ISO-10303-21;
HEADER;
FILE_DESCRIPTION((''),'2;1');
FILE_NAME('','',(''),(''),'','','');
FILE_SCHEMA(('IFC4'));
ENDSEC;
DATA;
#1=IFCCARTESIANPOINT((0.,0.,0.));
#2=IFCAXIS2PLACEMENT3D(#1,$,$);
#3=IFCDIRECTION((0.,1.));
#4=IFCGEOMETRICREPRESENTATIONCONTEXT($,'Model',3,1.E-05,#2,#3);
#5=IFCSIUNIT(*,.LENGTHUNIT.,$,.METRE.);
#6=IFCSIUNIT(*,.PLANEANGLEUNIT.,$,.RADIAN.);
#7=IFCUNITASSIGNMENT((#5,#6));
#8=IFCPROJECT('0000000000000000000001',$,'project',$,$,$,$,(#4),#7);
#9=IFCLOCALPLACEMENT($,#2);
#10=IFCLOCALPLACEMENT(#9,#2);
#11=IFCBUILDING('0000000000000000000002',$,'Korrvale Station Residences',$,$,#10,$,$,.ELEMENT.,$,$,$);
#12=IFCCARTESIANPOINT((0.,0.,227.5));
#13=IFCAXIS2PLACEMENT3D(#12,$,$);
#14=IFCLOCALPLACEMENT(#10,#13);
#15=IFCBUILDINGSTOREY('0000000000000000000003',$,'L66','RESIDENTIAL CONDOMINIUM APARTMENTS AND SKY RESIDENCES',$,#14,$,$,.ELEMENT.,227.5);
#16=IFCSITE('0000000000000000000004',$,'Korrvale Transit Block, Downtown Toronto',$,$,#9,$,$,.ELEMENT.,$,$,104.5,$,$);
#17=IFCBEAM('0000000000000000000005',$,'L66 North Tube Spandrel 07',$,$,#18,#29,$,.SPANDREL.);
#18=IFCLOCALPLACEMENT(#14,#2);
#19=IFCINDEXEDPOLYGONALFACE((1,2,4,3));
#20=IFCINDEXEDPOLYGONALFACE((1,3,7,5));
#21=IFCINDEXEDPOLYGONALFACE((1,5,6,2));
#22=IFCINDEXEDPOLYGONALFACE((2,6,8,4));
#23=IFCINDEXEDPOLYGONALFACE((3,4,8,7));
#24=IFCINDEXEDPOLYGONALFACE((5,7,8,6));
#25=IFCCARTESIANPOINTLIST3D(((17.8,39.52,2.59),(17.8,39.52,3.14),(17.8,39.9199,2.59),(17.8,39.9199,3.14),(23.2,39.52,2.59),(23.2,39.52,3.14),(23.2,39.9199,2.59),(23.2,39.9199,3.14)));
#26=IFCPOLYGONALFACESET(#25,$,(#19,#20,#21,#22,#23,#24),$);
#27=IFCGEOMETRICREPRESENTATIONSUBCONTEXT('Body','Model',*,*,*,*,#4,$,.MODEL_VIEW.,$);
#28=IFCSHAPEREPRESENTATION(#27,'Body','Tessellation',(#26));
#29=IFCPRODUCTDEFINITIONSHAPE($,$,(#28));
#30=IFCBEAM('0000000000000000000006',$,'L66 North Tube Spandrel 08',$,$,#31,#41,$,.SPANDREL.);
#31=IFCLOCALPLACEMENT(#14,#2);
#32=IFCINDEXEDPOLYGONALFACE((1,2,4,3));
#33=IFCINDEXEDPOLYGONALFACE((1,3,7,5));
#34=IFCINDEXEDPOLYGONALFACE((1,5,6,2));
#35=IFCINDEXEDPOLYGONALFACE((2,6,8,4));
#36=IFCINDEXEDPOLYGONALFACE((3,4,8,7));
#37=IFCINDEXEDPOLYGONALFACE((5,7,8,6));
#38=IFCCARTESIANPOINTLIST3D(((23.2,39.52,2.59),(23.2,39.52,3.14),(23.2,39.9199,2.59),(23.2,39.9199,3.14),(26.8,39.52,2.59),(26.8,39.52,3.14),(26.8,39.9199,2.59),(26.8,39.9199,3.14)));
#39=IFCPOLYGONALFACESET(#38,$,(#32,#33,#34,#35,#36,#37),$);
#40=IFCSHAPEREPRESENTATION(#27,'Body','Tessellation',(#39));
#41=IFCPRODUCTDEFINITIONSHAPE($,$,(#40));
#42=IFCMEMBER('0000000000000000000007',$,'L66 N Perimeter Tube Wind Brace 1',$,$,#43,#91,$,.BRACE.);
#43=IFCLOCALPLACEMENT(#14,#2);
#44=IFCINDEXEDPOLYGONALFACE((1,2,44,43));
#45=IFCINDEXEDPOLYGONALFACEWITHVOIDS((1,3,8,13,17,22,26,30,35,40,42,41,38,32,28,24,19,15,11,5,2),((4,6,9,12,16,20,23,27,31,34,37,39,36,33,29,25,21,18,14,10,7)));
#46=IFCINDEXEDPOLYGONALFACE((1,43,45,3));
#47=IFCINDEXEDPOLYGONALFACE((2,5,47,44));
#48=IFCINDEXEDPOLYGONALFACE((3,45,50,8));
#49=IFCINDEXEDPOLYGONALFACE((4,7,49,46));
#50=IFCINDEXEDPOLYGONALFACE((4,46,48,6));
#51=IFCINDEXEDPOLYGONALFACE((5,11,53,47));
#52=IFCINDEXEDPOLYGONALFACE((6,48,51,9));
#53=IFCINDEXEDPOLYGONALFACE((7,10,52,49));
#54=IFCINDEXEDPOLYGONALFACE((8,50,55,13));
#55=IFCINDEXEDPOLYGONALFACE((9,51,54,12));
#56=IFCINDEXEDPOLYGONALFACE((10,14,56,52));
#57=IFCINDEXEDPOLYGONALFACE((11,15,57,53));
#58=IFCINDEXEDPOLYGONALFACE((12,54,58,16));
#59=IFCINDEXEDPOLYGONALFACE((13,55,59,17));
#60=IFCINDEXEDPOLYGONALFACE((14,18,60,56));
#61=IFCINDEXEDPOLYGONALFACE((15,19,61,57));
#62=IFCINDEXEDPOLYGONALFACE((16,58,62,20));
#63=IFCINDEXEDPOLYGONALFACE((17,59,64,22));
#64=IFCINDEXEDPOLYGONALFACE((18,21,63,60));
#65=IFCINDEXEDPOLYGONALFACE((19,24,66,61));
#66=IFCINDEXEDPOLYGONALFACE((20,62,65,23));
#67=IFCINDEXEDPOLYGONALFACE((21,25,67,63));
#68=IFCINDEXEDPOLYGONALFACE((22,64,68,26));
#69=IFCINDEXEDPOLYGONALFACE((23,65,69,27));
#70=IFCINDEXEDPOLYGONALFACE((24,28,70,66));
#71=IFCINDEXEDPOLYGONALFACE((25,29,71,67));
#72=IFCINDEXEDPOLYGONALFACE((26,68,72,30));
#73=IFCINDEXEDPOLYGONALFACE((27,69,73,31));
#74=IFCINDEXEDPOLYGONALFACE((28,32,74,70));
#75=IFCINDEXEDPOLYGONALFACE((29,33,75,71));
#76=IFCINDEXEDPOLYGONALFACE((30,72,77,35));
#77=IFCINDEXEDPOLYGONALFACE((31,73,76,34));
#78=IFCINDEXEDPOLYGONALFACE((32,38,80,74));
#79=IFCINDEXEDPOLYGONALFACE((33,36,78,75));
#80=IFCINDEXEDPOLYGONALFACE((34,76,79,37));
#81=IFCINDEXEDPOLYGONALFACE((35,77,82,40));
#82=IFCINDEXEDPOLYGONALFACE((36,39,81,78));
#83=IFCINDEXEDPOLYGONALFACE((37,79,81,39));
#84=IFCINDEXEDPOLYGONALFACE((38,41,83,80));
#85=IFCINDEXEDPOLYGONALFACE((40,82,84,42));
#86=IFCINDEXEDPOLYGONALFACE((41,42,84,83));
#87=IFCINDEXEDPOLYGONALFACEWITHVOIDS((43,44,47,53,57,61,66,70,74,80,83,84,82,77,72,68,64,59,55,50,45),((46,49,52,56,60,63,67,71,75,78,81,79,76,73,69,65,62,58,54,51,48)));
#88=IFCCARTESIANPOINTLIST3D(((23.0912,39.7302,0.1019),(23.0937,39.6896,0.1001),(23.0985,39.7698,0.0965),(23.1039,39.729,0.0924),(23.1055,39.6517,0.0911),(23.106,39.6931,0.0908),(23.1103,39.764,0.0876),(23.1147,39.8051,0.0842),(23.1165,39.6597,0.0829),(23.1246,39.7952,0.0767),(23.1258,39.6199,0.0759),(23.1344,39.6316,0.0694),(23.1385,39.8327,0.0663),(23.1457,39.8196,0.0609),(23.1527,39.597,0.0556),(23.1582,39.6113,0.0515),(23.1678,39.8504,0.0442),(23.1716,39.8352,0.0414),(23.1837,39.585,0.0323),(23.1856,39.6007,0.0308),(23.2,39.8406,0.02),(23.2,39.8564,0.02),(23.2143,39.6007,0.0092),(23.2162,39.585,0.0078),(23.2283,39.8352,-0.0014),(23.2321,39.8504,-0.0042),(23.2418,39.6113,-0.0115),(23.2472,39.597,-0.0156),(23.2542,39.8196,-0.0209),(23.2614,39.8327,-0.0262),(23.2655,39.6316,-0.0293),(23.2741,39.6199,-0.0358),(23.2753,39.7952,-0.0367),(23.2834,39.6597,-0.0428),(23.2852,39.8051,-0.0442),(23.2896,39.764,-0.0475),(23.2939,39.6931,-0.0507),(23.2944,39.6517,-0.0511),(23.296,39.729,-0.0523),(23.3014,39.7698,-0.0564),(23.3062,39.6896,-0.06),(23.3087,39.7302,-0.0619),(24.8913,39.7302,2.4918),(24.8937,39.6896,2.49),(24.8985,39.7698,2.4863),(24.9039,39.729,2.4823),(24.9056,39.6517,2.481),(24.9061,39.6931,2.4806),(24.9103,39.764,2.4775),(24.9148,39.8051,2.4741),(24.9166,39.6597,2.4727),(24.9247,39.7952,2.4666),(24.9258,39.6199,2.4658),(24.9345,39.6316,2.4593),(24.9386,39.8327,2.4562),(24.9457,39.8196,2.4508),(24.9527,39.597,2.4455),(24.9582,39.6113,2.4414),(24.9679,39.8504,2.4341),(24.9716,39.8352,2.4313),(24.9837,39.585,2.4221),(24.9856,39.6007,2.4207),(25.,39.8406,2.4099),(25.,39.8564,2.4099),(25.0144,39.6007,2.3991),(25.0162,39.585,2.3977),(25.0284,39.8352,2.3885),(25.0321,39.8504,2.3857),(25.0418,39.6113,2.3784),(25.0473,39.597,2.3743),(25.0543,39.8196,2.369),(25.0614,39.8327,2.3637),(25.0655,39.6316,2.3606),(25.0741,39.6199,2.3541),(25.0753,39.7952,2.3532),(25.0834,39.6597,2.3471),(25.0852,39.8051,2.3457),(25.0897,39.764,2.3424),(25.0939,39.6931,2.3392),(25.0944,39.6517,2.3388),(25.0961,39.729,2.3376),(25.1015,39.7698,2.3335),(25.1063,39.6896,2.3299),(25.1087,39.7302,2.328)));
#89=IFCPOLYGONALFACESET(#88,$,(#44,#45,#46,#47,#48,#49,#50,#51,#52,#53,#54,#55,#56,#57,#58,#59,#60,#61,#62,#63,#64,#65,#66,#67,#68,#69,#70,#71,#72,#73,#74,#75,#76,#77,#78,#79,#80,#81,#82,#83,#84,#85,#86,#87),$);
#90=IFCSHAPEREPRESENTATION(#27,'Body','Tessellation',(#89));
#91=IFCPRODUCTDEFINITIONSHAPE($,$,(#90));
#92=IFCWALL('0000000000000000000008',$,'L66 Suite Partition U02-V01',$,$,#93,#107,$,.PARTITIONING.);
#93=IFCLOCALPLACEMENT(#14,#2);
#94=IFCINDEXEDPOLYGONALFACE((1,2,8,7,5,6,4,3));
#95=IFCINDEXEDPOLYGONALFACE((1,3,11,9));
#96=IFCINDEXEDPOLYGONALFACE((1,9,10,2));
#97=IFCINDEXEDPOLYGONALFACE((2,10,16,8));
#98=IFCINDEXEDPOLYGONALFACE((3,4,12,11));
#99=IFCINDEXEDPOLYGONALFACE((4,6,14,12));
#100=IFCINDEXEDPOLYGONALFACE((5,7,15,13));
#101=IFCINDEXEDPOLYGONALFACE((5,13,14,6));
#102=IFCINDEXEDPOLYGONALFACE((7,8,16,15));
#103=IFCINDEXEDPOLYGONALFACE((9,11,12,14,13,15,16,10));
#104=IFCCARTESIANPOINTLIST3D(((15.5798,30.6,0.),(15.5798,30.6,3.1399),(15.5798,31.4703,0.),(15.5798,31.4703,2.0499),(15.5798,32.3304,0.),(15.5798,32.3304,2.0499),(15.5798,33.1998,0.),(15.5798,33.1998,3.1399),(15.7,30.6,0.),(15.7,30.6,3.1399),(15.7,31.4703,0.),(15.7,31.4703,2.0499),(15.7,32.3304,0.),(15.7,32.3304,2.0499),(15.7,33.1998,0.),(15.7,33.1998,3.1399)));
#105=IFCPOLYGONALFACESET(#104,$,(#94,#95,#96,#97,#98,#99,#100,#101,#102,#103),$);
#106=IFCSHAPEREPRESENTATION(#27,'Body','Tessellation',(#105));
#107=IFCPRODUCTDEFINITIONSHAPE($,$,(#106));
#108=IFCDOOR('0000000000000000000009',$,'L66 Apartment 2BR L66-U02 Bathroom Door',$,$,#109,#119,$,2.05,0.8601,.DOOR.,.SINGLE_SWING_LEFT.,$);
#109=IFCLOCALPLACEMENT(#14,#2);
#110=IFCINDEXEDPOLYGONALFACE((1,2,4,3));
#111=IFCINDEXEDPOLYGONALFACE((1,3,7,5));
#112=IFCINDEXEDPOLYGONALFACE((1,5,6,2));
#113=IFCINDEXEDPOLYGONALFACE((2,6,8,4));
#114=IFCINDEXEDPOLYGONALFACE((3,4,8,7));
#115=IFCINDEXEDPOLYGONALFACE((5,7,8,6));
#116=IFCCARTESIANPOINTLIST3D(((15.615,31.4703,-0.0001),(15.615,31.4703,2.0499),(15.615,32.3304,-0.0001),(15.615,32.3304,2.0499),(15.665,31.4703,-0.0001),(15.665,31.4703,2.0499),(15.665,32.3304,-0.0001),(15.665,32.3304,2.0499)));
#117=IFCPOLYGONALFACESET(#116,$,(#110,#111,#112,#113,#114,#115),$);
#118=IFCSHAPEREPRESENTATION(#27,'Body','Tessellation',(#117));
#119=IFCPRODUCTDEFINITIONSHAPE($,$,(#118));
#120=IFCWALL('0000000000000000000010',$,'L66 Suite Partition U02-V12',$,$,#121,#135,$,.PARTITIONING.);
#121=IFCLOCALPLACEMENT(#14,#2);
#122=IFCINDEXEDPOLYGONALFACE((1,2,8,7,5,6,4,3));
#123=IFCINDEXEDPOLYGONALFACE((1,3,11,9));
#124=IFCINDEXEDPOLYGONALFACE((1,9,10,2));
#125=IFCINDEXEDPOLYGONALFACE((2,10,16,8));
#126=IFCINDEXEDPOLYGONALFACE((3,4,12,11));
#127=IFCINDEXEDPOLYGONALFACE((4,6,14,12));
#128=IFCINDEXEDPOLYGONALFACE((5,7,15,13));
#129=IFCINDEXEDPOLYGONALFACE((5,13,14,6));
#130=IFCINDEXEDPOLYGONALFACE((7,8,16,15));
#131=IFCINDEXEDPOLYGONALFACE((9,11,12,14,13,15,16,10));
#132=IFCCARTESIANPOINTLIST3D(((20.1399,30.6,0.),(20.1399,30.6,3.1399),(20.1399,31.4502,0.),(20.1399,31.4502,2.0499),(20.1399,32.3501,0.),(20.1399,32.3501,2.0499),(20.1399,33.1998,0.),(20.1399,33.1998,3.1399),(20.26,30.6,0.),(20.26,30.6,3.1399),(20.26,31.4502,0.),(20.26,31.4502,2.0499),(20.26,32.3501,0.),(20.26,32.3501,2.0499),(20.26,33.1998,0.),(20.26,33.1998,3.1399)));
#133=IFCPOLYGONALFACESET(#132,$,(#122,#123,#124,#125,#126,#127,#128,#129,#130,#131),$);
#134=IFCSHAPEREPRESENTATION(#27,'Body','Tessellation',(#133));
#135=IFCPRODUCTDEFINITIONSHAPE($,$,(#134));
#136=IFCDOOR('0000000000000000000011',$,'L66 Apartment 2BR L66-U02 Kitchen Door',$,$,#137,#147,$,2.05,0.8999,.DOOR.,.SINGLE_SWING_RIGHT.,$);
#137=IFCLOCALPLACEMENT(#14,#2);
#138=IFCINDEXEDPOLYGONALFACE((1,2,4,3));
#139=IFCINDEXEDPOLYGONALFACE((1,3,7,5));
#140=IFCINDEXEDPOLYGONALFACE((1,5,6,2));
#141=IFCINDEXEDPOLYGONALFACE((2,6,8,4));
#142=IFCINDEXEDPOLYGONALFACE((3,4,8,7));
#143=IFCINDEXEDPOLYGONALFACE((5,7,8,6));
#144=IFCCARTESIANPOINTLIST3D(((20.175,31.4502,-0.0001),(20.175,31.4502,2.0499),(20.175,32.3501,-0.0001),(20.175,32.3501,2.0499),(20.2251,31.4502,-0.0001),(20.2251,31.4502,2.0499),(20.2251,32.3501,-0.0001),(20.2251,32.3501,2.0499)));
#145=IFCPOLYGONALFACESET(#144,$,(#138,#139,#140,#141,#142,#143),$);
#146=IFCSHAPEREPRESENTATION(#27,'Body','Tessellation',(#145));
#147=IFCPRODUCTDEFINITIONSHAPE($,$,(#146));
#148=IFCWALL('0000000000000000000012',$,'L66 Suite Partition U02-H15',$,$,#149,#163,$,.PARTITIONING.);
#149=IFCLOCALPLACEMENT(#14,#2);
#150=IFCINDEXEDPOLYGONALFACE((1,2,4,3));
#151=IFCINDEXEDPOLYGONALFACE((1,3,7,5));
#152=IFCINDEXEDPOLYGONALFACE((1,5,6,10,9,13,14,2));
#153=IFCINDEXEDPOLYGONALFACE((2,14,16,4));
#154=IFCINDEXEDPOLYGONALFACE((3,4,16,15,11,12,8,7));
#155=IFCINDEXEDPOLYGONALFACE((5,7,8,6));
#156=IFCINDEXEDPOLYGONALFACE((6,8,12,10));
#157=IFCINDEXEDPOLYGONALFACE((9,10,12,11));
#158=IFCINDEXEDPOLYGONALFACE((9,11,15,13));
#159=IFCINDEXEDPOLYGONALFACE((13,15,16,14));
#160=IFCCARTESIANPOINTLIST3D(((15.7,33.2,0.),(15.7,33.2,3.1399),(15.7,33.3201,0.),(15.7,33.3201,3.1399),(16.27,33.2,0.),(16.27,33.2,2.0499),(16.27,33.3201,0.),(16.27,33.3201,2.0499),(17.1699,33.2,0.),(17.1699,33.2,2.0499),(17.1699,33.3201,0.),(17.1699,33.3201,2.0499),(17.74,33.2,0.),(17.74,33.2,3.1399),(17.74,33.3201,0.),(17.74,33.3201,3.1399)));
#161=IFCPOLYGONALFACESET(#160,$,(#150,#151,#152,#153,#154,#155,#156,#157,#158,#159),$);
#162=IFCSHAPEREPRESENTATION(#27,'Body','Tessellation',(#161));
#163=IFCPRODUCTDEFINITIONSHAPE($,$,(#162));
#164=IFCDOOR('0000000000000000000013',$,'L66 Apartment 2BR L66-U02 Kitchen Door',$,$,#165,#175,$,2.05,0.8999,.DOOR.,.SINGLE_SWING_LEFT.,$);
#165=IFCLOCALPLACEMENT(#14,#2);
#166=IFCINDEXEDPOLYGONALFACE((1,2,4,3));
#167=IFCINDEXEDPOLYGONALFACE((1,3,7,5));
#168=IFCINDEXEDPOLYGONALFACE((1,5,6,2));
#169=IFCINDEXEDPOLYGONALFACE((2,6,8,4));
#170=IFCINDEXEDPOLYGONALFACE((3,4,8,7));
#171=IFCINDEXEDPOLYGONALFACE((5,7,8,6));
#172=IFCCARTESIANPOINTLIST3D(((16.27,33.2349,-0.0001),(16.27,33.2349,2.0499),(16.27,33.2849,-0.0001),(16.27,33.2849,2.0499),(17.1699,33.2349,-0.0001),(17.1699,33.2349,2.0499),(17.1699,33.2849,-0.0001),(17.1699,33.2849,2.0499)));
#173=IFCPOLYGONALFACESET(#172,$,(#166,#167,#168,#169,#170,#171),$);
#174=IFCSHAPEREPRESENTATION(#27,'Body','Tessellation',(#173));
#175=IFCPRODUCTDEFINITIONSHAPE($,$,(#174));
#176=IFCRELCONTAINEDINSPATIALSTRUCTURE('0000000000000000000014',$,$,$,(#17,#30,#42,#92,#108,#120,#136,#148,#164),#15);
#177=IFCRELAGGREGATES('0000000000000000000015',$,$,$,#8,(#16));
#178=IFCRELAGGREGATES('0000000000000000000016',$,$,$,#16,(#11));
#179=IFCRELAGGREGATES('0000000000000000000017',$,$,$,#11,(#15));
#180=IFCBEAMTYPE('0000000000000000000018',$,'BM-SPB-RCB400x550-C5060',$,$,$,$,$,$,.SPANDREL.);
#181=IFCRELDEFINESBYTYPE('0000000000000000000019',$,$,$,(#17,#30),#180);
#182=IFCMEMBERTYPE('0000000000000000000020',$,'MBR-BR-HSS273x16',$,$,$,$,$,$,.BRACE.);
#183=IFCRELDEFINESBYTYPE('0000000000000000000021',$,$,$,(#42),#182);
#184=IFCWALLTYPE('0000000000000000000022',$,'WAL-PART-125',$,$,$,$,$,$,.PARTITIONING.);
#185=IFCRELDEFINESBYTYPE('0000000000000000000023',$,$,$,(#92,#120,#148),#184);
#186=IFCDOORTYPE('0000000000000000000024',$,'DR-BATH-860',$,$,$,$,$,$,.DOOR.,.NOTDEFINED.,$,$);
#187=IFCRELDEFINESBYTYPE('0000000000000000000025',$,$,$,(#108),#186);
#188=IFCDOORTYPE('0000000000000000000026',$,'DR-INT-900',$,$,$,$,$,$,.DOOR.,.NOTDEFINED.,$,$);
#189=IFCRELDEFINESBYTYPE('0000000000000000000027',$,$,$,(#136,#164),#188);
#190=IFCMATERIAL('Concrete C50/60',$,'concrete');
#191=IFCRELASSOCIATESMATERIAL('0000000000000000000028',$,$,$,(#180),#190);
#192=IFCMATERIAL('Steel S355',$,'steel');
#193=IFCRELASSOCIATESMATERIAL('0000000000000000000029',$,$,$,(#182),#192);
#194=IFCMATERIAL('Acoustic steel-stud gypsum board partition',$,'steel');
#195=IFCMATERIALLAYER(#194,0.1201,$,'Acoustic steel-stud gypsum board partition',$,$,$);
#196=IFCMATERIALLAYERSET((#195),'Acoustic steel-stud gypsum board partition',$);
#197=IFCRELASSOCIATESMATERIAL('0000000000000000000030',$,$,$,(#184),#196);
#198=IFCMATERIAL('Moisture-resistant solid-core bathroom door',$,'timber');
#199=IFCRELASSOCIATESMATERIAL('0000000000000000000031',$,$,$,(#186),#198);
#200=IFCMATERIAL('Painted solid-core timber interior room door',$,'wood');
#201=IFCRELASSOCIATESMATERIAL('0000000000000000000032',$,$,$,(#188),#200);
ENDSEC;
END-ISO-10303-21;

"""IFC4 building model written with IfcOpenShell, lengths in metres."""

from ifc_helpers import new_model, si_unit, direction, frame, frame_2d, origin, origin_2d, place, context, subcontext, project, spatial, rectangle, hollow_circle, extrude, material, layer, layer_set, material_profile, profile_set, type_object, element, fill, save


model = new_model("IFC4")

# Units and contexts
model_context = context("Model", 3, precision=1e-05, world=origin(), true_north=direction((0.0, 1.0)))
body_context = subcontext(model_context, "Body", "Model", "MODEL_VIEW")
ifc_project = project(units=[si_unit("LENGTHUNIT", "METRE"), si_unit("PLANEANGLEUNIT", "RADIAN")], contexts=[model_context])

# Site, building, storey
site_placement = place(None, origin())
site = spatial("IfcSite", under=ifc_project, at=site_placement, Name="Korrvale Transit Block, Downtown Toronto", CompositionType="ELEMENT", RefElevation=104.5)
building_placement = place(site_placement, origin())
building = spatial("IfcBuilding", under=site, at=building_placement, Name="Korrvale Station Residences", CompositionType="ELEMENT")
storey_placement = place(building_placement, frame((0.0, 0.0, 227.5)))
storey = spatial("IfcBuildingStorey", under=building, at=storey_placement, Name="L66", Description="RESIDENTIAL CONDOMINIUM APARTMENTS AND SKY RESIDENCES", CompositionType="ELEMENT", Elevation=227.5)

# Shared definitions
ifc_material_1 = material(Name="Concrete C50/60", Category="concrete")

# Beams
ifc_material_2 = material(Name="Steel S355", Category="steel")
ifc_material_profile_1 = material_profile(ifc_material_1, rectangle(XDim=0.3999, YDim=0.55, at=origin_2d()), Name="RCB400x550")
ifc_profile_set_1 = profile_set([ifc_material_profile_1], Name="Concrete C50/60")
beam_type_1 = type_object("IfcBeamType", Name="BM-SPB-RCB400x550-C5060", PredefinedType="SPANDREL", material=ifc_profile_set_1)
beam_1_placement = place(storey_placement, frame((17.8, 39.72, 2.865), z_axis=(1.0, 0.0, 0.0), x_axis=(0.0, 1.0, 0.0)))
element("IfcBeam", 1, at=beam_1_placement, inside=storey, type_object=beam_type_1, Name="L66 North Tube Spandrel 07", PredefinedType="SPANDREL", context=body_context, shape_type="SweptSolid", body=[
    extrude(rectangle(XDim=0.3999, YDim=0.55, at=origin_2d()), origin(), (0.0, 0.0, 1.0), 5.3999),
])
beam_2_placement = place(storey_placement, frame((23.2, 39.72, 2.865), z_axis=(1.0, 0.0, 0.0), x_axis=(0.0, 1.0, 0.0)))
element("IfcBeam", 2, at=beam_2_placement, inside=storey, type_object=beam_type_1, Name="L66 North Tube Spandrel 08", PredefinedType="SPANDREL", context=body_context, shape_type="SweptSolid", body=[
    extrude(rectangle(XDim=0.3999, YDim=0.55, at=origin_2d()), origin(), (0.0, 0.0, 1.0), 3.6001),
])

# Member
ifc_material_profile_2 = material_profile(ifc_material_2, hollow_circle(Radius=0.1365, WallThickness=0.0159, at=origin_2d()), Name="HSS273x16")
ifc_profile_set_2 = profile_set([ifc_material_profile_2], Name="Steel S355")
member_type = type_object("IfcMemberType", Name="MBR-BR-HSS273x16", PredefinedType="BRACE", material=ifc_profile_set_2)
member_placement = place(storey_placement, frame((23.2, 39.72, 0.02), z_axis=(0.601631, 0.0, 0.798774), x_axis=(0.0, 1.0, 0.0)))
element("IfcMember", 3, at=member_placement, inside=storey, type_object=member_type, Name="L66 N Perimeter Tube Wind Brace 1", PredefinedType="BRACE", context=body_context, shape_type="SweptSolid", body=[
    extrude(hollow_circle(Radius=0.1365, WallThickness=0.0159, at=origin_2d()), origin(), (0.0, 0.0, 1.0), 2.9919),
])

# Walls, openings, doors
ifc_material_3 = material(Name="Acoustic steel-stud gypsum board partition", Category="steel")
ifc_layer_1 = layer(ifc_material_3, 0.1201, Name="Acoustic steel-stud gypsum board partition")
ifc_layer_set_1 = layer_set([ifc_layer_1], Name="Acoustic steel-stud gypsum board partition")
wall_type = type_object("IfcWallType", Name="WAL-PART-125", PredefinedType="PARTITIONING", material=ifc_layer_set_1)
wall_1_placement = place(storey_placement, frame((15.6399, 30.6001, 0.0), z_axis=(0.0, 0.0, 1.0), x_axis=(0.0, 1.0, 0.0)))
wall_1 = element("IfcWall", 4, at=wall_1_placement, inside=storey, type_object=wall_type, Name="L66 Suite Partition U02-V01", PredefinedType="PARTITIONING", context=body_context, shape_type="SweptSolid", body=[
    extrude(rectangle(XDim=2.5999, YDim=0.1201, at=frame_2d((1.2998, 0.0))), origin(), (0.0, 0.0, 1.0), 3.1399),
])
opening_1_placement = place(wall_1_placement, frame((0.8701, 0.0, 0.0)))
opening_1 = element("IfcOpeningElement", 5, at=opening_1_placement, cuts=wall_1, PredefinedType="OPENING", context=body_context, shape_type="SweptSolid", body=[
    extrude(rectangle(XDim=0.8601, YDim=2.05, at=frame_2d((0.4302, 1.0249))), frame((0.0, 0.0701, 0.0), z_axis=(0.0, -1.0, 0.0), x_axis=(1.0, 0.0, 0.0)), (0.0, 0.0, 1.0), 0.1401),
])
ifc_material_4 = material(Name="Moisture-resistant solid-core bathroom door", Category="timber")
door_type_1 = type_object("IfcDoorType", Name="DR-BATH-860", OperationType="NOTDEFINED", PredefinedType="DOOR", material=ifc_material_4)
door_1_placement = place(opening_1_placement, origin())
door_1 = element("IfcDoor", 6, at=door_1_placement, inside=storey, type_object=door_type_1, Name="L66 Apartment 2BR L66-U02 Bathroom Door", OperationType="SINGLE_SWING_LEFT", OverallHeight=2.05, OverallWidth=0.8601, PredefinedType="DOOR", context=body_context, shape_type="SweptSolid", body=[
    extrude(rectangle(XDim=0.8601, YDim=2.05, at=frame_2d((0.4302, 1.0249))), frame((0.0, 0.0249, 0.0), z_axis=(0.0, -1.0, 0.0), x_axis=(1.0, 0.0, 0.0)), (0.0, 0.0, 1.0), 0.05),
])
fill(opening_1, door_1)
wall_2_placement = place(storey_placement, frame((20.2, 30.6001, 0.0), z_axis=(0.0, 0.0, 1.0), x_axis=(0.0, 1.0, 0.0)))
wall_2 = element("IfcWall", 7, at=wall_2_placement, inside=storey, type_object=wall_type, Name="L66 Suite Partition U02-V12", PredefinedType="PARTITIONING", context=body_context, shape_type="SweptSolid", body=[
    extrude(rectangle(XDim=2.5999, YDim=0.1201, at=frame_2d((1.2998, 0.0))), origin(), (0.0, 0.0, 1.0), 3.1399),
])
opening_2_placement = place(wall_2_placement, frame((0.8501, 0.0, 0.0)))
opening_2 = element("IfcOpeningElement", 8, at=opening_2_placement, cuts=wall_2, PredefinedType="OPENING", context=body_context, shape_type="SweptSolid", body=[
    extrude(rectangle(XDim=0.8999, YDim=2.05, at=frame_2d((0.45, 1.0249))), frame((0.0, 0.0701, 0.0), z_axis=(0.0, -1.0, 0.0), x_axis=(1.0, 0.0, 0.0)), (0.0, 0.0, 1.0), 0.1401),
])
ifc_material_5 = material(Name="Painted solid-core timber interior room door", Category="wood")
door_type_2 = type_object("IfcDoorType", Name="DR-INT-900", OperationType="NOTDEFINED", PredefinedType="DOOR", material=ifc_material_5)
door_2_placement = place(opening_2_placement, origin())
door_2 = element("IfcDoor", 9, at=door_2_placement, inside=storey, type_object=door_type_2, Name="L66 Apartment 2BR L66-U02 Kitchen Door", OperationType="SINGLE_SWING_RIGHT", OverallHeight=2.05, OverallWidth=0.8999, PredefinedType="DOOR", context=body_context, shape_type="SweptSolid", body=[
    extrude(rectangle(XDim=0.8999, YDim=2.05, at=frame_2d((0.45, 1.0249))), frame((0.0, 0.0249, 0.0), z_axis=(0.0, -1.0, 0.0), x_axis=(1.0, 0.0, 0.0)), (0.0, 0.0, 1.0), 0.05),
])
fill(opening_2, door_2)
wall_3_placement = place(storey_placement, frame((15.7, 33.26, 0.0), z_axis=(0.0, 0.0, 1.0), x_axis=(1.0, 0.0, 0.0)))
wall_3 = element("IfcWall", 10, at=wall_3_placement, inside=storey, type_object=wall_type, Name="L66 Suite Partition U02-H15", PredefinedType="PARTITIONING", context=body_context, shape_type="SweptSolid", body=[
    extrude(rectangle(XDim=2.04, YDim=0.1201, at=frame_2d((1.02, 0.0))), origin(), (0.0, 0.0, 1.0), 3.1399),
])
opening_3_placement = place(wall_3_placement, frame((0.5701, 0.0, 0.0)))
opening_3 = element("IfcOpeningElement", 11, at=opening_3_placement, cuts=wall_3, PredefinedType="OPENING", context=body_context, shape_type="SweptSolid", body=[
    extrude(rectangle(XDim=0.8999, YDim=2.05, at=frame_2d((0.45, 1.0249))), frame((0.0, 0.0701, 0.0), z_axis=(0.0, -1.0, 0.0), x_axis=(1.0, 0.0, 0.0)), (0.0, 0.0, 1.0), 0.1401),
])
door_3_placement = place(opening_3_placement, origin())
door_3 = element("IfcDoor", 12, at=door_3_placement, inside=storey, type_object=door_type_2, Name="L66 Apartment 2BR L66-U02 Kitchen Door", OperationType="SINGLE_SWING_LEFT", OverallHeight=2.05, OverallWidth=0.8999, PredefinedType="DOOR", context=body_context, shape_type="SweptSolid", body=[
    extrude(rectangle(XDim=0.8999, YDim=2.05, at=frame_2d((0.45, 1.0249))), frame((0.0, 0.0249, 0.0), z_axis=(0.0, -1.0, 0.0), x_axis=(1.0, 0.0, 0.0)), (0.0, 0.0, 1.0), 0.05),
])
fill(opening_3, door_3)

save(model, "model.ifc")
